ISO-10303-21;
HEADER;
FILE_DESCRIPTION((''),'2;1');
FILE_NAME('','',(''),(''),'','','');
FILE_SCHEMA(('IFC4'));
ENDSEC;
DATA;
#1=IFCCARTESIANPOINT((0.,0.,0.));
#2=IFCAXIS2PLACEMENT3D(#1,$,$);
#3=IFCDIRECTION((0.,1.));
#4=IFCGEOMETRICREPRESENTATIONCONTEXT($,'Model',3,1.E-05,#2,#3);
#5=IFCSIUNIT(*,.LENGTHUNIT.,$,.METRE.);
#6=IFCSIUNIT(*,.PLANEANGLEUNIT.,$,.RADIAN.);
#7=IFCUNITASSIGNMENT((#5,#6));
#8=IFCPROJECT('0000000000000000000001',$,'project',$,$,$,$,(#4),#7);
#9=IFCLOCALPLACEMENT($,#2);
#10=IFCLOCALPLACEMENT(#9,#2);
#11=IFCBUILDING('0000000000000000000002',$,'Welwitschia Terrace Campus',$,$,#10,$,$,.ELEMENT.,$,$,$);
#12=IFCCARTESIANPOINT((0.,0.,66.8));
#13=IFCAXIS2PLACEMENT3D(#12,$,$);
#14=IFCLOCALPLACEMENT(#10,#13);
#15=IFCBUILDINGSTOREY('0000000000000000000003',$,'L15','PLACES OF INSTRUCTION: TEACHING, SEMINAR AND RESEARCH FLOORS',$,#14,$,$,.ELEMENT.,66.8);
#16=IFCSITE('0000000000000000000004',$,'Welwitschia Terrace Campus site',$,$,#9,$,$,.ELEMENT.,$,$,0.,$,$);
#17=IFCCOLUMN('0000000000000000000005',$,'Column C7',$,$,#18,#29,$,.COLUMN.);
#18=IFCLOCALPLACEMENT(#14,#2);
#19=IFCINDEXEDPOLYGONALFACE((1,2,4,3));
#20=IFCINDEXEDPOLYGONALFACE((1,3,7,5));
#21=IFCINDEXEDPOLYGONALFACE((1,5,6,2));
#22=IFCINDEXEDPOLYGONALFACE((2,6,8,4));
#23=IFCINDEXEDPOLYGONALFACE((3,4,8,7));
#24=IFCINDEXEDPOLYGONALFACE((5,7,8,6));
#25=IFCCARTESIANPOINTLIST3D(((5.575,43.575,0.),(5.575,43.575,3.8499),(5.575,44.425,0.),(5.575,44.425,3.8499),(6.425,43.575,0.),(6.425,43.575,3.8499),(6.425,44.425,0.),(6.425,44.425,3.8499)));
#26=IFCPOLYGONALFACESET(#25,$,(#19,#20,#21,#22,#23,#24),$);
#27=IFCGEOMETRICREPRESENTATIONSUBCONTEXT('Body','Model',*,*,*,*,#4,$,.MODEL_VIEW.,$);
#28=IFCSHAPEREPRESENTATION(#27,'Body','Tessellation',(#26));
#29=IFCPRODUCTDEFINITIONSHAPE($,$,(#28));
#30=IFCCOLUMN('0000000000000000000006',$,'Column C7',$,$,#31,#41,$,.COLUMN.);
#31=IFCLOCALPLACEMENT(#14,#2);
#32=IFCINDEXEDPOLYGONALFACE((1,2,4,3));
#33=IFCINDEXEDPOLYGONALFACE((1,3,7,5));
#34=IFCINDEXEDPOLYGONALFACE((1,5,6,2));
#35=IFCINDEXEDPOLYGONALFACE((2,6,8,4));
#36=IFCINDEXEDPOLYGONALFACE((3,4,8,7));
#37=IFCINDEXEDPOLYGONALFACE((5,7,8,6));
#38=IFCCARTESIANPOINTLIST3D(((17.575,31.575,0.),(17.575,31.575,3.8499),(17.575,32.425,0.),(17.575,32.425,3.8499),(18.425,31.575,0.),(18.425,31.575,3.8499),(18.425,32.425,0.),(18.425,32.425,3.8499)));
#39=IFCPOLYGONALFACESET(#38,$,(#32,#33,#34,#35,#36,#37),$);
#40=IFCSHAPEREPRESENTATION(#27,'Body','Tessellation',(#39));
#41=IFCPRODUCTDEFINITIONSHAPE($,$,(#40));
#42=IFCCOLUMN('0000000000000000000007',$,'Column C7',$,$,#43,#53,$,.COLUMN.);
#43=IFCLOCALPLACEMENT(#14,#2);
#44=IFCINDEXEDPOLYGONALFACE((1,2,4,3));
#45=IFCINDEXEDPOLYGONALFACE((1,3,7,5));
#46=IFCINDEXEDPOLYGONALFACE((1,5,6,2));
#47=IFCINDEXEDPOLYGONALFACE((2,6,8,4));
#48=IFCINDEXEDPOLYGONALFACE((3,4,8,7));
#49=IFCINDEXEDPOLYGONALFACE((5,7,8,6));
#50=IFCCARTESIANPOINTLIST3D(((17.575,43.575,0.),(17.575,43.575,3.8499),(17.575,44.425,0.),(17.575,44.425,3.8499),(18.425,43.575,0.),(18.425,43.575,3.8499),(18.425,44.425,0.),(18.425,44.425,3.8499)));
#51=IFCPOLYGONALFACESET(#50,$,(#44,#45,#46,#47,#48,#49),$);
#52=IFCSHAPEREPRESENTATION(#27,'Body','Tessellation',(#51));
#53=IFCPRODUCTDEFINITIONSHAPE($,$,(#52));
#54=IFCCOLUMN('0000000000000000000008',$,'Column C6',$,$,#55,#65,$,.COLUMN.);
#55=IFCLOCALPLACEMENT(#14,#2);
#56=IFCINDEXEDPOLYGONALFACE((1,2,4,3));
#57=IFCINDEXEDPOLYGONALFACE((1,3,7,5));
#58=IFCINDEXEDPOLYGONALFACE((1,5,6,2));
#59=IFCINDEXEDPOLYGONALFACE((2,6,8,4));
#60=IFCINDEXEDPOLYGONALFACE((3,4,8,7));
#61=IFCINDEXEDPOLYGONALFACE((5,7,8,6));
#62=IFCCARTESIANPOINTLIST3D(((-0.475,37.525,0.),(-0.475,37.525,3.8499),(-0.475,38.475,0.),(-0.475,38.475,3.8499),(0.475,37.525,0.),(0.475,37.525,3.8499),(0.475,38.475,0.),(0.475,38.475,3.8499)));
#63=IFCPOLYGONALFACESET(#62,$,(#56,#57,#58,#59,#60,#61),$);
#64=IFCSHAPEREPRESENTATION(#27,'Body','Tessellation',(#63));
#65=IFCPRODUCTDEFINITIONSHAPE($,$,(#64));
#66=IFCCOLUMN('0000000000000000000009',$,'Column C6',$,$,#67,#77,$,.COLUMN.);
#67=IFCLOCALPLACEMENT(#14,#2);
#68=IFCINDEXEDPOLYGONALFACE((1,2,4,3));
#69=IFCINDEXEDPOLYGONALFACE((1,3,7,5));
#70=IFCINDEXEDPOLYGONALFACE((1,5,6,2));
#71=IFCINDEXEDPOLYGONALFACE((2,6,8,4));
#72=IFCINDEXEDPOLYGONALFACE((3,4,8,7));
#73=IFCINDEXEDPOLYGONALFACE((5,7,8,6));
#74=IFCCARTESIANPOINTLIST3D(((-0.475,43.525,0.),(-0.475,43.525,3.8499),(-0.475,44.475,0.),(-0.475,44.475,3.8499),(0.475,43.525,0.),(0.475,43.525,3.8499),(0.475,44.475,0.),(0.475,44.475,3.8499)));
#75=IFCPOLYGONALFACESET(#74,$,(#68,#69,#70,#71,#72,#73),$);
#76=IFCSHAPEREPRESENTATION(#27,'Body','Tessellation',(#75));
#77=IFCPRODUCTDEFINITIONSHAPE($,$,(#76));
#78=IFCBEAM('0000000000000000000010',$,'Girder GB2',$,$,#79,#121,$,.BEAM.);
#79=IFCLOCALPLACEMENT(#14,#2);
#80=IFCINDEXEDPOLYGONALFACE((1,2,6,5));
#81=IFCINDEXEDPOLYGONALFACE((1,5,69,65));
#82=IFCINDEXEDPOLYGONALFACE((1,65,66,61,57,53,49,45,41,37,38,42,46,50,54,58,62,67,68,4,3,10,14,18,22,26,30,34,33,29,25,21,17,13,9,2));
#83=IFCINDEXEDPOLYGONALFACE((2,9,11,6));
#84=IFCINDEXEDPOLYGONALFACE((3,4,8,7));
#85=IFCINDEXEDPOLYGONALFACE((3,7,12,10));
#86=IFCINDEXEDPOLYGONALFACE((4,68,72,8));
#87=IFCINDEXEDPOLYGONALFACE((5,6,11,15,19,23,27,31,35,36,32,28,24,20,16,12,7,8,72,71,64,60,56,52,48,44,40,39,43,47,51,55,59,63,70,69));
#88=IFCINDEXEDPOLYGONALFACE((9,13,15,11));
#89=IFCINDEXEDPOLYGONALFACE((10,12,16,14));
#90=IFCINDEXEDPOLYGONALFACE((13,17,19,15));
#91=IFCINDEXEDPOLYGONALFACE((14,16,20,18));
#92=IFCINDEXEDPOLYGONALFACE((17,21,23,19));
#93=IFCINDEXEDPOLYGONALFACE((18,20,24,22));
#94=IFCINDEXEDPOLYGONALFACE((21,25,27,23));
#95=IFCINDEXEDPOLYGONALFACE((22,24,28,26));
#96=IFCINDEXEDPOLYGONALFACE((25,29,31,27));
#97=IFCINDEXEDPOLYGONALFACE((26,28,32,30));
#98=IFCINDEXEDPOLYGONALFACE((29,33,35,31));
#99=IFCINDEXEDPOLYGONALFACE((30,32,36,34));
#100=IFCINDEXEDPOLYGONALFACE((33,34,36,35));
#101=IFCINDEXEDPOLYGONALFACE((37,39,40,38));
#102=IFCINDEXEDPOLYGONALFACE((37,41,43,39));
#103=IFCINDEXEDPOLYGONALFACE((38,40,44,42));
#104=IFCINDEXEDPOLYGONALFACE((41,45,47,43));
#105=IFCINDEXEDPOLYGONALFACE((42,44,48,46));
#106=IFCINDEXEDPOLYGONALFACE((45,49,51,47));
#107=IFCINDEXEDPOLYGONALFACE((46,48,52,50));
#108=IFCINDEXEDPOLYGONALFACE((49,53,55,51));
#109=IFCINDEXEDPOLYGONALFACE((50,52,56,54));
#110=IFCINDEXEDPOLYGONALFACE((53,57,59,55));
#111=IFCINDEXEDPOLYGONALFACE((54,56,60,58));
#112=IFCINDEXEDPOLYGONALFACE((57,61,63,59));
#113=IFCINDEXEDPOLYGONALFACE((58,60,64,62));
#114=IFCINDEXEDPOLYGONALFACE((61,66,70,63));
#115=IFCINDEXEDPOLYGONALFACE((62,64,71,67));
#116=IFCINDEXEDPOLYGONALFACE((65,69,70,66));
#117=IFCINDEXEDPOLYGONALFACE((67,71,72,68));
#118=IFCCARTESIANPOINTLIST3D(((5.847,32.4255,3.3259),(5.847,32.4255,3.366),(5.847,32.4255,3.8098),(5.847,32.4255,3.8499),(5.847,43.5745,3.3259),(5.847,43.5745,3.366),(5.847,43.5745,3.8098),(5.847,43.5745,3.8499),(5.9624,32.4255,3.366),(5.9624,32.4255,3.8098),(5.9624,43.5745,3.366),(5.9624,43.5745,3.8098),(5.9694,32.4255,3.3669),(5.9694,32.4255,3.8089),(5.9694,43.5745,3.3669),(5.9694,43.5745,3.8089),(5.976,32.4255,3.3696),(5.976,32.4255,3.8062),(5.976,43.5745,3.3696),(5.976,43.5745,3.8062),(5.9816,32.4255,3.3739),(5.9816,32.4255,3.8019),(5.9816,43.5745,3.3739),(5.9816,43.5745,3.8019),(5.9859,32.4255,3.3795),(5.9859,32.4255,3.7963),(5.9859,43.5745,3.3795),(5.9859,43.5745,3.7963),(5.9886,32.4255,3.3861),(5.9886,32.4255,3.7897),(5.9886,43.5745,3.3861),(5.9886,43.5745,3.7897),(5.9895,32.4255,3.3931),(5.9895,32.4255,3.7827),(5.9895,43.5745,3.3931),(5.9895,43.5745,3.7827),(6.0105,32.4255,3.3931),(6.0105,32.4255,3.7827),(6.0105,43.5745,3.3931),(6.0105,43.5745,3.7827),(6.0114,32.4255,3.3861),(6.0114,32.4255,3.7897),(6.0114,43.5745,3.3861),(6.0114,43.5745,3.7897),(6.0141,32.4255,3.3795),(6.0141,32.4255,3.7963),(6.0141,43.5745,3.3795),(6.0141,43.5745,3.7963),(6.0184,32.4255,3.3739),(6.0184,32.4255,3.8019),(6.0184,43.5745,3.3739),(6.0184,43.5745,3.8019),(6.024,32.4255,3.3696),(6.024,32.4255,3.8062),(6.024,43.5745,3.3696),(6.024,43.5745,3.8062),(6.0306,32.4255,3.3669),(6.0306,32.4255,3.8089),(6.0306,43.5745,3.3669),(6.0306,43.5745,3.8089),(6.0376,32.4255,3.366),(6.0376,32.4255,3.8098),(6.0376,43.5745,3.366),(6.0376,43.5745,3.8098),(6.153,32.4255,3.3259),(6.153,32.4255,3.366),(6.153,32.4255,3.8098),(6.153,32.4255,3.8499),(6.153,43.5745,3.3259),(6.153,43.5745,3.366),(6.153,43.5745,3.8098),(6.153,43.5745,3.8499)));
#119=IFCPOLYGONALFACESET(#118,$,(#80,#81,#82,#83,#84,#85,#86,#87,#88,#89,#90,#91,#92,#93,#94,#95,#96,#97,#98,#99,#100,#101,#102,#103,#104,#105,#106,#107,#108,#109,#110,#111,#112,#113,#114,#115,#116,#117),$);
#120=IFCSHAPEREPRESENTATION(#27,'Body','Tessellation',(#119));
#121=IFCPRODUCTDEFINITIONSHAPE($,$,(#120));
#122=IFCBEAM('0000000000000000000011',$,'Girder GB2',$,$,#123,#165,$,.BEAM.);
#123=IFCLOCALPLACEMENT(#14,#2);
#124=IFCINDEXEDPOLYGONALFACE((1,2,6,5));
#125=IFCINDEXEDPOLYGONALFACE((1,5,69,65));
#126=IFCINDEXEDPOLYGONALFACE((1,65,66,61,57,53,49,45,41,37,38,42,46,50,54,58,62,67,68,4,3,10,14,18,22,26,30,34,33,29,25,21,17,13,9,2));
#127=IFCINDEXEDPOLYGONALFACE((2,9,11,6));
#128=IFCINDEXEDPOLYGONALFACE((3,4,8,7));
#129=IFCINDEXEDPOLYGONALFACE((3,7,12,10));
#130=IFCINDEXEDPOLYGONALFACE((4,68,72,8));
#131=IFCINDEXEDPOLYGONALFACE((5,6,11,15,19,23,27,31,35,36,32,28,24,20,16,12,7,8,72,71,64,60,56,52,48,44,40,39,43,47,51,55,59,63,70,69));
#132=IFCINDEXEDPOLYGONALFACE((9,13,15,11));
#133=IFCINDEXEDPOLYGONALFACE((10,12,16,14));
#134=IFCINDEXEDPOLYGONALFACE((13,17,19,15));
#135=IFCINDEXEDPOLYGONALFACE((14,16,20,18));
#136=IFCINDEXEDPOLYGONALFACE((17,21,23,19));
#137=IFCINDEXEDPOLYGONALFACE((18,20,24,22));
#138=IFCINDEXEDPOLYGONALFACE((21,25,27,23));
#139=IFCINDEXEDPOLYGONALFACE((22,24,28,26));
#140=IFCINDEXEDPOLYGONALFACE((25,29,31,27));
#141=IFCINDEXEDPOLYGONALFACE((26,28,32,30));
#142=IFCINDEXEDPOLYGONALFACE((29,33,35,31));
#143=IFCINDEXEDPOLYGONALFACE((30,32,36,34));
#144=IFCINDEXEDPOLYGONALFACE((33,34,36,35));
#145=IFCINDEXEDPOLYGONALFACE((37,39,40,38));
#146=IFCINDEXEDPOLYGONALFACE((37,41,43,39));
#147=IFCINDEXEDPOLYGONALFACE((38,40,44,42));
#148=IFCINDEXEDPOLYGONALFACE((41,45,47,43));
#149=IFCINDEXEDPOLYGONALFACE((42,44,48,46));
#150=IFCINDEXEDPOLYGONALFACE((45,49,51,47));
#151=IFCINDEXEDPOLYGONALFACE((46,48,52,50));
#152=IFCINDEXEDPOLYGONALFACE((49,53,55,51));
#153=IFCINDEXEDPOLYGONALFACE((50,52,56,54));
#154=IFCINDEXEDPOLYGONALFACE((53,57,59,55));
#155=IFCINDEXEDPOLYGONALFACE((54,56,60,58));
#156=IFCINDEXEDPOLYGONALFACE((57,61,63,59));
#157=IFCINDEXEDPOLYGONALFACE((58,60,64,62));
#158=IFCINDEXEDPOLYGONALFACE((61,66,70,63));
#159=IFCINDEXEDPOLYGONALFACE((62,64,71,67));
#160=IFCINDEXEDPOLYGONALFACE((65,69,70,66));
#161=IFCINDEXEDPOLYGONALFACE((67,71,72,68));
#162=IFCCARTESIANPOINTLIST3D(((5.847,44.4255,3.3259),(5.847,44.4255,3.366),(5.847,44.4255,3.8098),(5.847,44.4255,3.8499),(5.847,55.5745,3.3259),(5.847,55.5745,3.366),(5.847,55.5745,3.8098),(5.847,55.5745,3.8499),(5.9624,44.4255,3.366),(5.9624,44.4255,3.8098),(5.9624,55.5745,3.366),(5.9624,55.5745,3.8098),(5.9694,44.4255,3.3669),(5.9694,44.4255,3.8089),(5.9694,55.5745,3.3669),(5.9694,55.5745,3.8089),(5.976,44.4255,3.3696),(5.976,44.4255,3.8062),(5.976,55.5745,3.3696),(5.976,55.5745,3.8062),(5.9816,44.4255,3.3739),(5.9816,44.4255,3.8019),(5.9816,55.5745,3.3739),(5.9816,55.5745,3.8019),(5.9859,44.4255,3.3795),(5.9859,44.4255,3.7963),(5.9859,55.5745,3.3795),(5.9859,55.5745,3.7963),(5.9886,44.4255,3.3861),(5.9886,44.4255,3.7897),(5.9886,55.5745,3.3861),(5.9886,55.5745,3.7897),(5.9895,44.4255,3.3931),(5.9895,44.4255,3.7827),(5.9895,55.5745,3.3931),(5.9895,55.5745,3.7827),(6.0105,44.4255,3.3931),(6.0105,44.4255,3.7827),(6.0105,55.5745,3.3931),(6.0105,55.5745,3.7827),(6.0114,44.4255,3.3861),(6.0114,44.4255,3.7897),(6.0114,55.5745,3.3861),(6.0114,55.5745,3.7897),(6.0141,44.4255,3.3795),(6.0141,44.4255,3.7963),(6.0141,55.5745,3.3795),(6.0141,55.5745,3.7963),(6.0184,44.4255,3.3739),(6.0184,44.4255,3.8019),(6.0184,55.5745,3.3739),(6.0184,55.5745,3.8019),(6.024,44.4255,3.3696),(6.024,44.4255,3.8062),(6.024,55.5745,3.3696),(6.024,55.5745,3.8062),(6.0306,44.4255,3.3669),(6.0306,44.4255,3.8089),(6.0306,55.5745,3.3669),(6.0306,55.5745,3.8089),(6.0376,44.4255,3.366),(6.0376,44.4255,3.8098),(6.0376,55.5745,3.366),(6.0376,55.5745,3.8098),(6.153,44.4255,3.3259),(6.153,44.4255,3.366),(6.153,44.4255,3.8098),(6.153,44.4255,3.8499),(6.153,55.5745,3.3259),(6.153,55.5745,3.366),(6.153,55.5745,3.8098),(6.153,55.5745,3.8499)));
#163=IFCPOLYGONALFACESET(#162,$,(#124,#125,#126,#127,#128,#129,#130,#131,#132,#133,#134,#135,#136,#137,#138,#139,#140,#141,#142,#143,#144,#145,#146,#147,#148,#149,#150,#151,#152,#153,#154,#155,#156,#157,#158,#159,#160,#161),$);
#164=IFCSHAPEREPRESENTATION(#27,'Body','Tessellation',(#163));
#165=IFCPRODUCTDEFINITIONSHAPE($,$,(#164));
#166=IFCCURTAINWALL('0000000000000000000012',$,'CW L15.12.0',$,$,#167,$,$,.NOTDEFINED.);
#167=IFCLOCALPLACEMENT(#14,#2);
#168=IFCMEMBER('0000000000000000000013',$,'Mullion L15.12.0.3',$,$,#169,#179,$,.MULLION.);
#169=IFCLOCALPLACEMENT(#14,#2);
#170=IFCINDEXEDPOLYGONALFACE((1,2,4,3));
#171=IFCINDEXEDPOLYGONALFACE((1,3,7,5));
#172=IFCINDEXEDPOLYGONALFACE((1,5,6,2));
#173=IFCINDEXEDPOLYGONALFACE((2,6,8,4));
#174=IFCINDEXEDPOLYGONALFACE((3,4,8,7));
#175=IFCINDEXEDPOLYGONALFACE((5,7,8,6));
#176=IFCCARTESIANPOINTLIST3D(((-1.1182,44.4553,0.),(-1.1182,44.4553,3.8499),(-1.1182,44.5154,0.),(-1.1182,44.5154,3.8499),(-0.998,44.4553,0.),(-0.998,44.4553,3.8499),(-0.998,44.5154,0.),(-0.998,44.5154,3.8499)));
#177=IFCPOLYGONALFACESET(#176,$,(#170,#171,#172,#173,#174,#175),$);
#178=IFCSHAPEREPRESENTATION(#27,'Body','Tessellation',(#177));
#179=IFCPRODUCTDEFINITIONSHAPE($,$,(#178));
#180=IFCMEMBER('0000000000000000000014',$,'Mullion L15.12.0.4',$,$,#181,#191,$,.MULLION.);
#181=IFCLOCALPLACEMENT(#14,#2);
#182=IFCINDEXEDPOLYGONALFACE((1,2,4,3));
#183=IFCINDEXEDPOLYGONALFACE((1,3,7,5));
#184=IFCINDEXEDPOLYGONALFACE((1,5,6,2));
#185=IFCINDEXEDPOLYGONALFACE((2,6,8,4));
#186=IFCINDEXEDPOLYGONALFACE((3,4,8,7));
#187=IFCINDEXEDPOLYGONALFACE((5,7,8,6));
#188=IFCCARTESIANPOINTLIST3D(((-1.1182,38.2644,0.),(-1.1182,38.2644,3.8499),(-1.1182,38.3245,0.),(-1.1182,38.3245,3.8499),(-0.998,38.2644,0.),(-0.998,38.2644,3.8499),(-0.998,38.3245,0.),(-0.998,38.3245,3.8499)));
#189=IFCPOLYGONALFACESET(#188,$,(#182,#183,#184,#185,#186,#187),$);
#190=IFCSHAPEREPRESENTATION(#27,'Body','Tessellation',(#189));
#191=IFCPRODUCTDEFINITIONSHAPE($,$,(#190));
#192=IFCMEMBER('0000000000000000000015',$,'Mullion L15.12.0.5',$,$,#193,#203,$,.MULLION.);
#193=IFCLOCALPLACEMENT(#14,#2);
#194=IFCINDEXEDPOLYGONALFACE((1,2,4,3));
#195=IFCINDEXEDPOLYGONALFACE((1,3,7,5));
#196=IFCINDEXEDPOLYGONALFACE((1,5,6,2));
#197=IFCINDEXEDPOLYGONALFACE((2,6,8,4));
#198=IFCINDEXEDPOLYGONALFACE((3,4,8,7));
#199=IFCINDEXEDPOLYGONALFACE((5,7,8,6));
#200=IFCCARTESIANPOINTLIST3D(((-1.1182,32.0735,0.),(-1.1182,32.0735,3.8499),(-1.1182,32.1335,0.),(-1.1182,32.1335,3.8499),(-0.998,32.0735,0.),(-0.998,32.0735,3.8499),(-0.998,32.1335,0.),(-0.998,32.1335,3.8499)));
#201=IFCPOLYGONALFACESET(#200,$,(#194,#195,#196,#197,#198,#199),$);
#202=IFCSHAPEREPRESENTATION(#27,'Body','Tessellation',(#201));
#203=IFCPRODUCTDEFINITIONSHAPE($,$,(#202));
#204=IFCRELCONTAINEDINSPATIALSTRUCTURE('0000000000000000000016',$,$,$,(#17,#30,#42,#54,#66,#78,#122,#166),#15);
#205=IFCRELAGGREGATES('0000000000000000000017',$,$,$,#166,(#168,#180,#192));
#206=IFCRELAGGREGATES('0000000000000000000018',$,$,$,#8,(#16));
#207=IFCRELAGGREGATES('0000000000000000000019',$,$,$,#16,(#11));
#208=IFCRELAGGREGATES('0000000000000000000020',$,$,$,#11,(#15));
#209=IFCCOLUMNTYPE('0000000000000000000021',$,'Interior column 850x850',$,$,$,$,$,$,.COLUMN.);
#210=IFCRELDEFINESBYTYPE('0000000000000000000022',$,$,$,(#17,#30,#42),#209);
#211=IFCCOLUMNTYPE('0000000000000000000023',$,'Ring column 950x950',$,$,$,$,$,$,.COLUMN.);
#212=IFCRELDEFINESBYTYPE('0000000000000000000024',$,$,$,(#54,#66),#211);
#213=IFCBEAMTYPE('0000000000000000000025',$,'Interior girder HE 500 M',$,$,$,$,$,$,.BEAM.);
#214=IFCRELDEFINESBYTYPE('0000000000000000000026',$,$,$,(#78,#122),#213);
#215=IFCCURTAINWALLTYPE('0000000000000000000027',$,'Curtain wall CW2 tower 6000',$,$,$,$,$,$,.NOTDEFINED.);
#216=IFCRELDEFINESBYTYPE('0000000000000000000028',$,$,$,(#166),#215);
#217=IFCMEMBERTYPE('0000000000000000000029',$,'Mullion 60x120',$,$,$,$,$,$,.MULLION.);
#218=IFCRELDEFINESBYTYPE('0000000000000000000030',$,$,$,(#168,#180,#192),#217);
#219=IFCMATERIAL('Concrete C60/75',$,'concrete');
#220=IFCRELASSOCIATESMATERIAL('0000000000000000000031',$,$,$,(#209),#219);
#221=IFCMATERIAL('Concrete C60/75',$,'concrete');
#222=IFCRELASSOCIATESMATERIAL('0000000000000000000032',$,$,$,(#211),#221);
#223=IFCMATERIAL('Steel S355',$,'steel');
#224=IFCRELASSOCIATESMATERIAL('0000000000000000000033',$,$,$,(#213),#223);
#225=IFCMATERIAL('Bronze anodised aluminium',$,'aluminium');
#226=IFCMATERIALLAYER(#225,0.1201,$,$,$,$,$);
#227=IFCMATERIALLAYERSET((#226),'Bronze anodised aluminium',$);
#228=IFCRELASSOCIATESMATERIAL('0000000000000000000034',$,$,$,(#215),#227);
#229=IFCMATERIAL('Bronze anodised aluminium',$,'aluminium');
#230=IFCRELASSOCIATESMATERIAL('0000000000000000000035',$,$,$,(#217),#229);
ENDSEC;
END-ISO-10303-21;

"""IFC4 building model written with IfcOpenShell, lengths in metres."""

from ifc_helpers import new_model, si_unit, direction, frame, origin, origin_2d, place, context, subcontext, project, spatial, rectangle, i_section, extrude, material, layer, layer_set, material_profile, profile_set, type_object, element, aggregate, save


model = new_model("IFC4")

# Units and contexts
model_context = context("Model", 3, precision=1e-05, world=origin(), true_north=direction((0.0, 1.0)))
body_context = subcontext(model_context, "Body", "Model", "MODEL_VIEW")
ifc_project = project(units=[si_unit("LENGTHUNIT", "METRE"), si_unit("PLANEANGLEUNIT", "RADIAN")], contexts=[model_context])

# Site, building, storey
site_placement = place(None, origin())
site = spatial("IfcSite", under=ifc_project, at=site_placement, Name="Welwitschia Terrace Campus site", CompositionType="ELEMENT", RefElevation=0.0)
building_placement = place(site_placement, origin())
building = spatial("IfcBuilding", under=site, at=building_placement, Name="Welwitschia Terrace Campus", CompositionType="ELEMENT")
storey_placement = place(building_placement, frame((0.0, 0.0, 66.8)))
storey = spatial("IfcBuildingStorey", under=building, at=storey_placement, Name="L15", Description="PLACES OF INSTRUCTION: TEACHING, SEMINAR AND RESEARCH FLOORS", CompositionType="ELEMENT", Elevation=66.8)

# Columns
ifc_material_1 = material(Name="Concrete C60/75", Category="concrete")
ifc_material_profile_1 = material_profile(ifc_material_1, rectangle(XDim=0.8501, YDim=0.8501, at=origin_2d()))
ifc_profile_set_1 = profile_set([ifc_material_profile_1], Name="Concrete C60/75")
column_type_1 = type_object("IfcColumnType", Name="Interior column 850x850", PredefinedType="COLUMN", material=ifc_profile_set_1)
for number, where, z_axis, x_axis, name in (
    (1, (6.0, 44.0, 0.0), (0.0, 0.0, 1.0), (1.0, 0.0, 0.0), "Column C7"),
    (2, (18.0, 32.0, 0.0), (0.0, 0.0, 1.0), (1.0, 0.0, 0.0), "Column C7"),
    (3, (18.0, 44.0, 0.0), (0.0, 0.0, 1.0), (1.0, 0.0, 0.0), "Column C7"),
):
    element("IfcColumn", number, at=place(storey_placement, frame(where, z_axis=z_axis, x_axis=x_axis)), inside=storey, type_object=column_type_1, Name=name, PredefinedType="COLUMN", context=body_context, shape_type="SweptSolid", body=[
        extrude(rectangle(XDim=0.8501, YDim=0.8501, at=origin_2d()), origin(), (0.0, 0.0, 1.0), 3.8499),
    ])
ifc_material_2 = material(Name="Concrete C60/75", Category="concrete")
ifc_material_profile_2 = material_profile(ifc_material_2, rectangle(XDim=0.95, YDim=0.95, at=origin_2d()))
ifc_profile_set_2 = profile_set([ifc_material_profile_2], Name="Concrete C60/75")
column_type_2 = type_object("IfcColumnType", Name="Ring column 950x950", PredefinedType="COLUMN", material=ifc_profile_set_2)
for number, where, z_axis, x_axis, name in (
    (4, (0.0, 38.0, 0.0), (0.0, 0.0, 1.0), (1.0, 0.0, 0.0), "Column C6"),
    (5, (0.0, 44.0, 0.0), (0.0, 0.0, 1.0), (1.0, 0.0, 0.0), "Column C6"),
):
    element("IfcColumn", number, at=place(storey_placement, frame(where, z_axis=z_axis, x_axis=x_axis)), inside=storey, type_object=column_type_2, Name=name, PredefinedType="COLUMN", context=body_context, shape_type="SweptSolid", body=[
        extrude(rectangle(XDim=0.95, YDim=0.95, at=origin_2d()), origin(), (0.0, 0.0, 1.0), 3.8499),
    ])

# Beams
ifc_material_3 = material(Name="Steel S355", Category="steel")
ifc_material_profile_3 = material_profile(ifc_material_3, i_section(OverallWidth=0.3059, OverallDepth=0.5239, WebThickness=0.021, FlangeThickness=0.04, FilletRadius=0.0271, at=origin_2d()))
ifc_profile_set_3 = profile_set([ifc_material_profile_3], Name="Steel S355")
beam_type_1 = type_object("IfcBeamType", Name="Interior girder HE 500 M", PredefinedType="BEAM", material=ifc_profile_set_3)
for number, where, z_axis, x_axis, name in (
    (6, (6.0, 32.4255, 3.5879), (0.0, 1.0, 0.0), (-1.0, 0.0, 0.0), "Girder GB2"),
    (7, (6.0, 44.4255, 3.5879), (0.0, 1.0, 0.0), (-1.0, 0.0, 0.0), "Girder GB2"),
):
    element("IfcBeam", number, at=place(storey_placement, frame(where, z_axis=z_axis, x_axis=x_axis)), inside=storey, type_object=beam_type_1, Name=name, PredefinedType="BEAM", context=body_context, shape_type="SweptSolid", body=[
        extrude(i_section(OverallWidth=0.3059, OverallDepth=0.5239, WebThickness=0.021, FlangeThickness=0.04, FilletRadius=0.0271, at=origin_2d()), origin(), (0.0, 0.0, 1.0), 11.1489),
    ])

# Curtain wall, members
ifc_material_4 = material(Name="Bronze anodised aluminium", Category="aluminium")
ifc_layer_1 = layer(ifc_material_4, 0.1201)
ifc_layer_set_1 = layer_set([ifc_layer_1], Name="Bronze anodised aluminium")
curtain_wall_type = type_object("IfcCurtainWallType", Name="Curtain wall CW2 tower 6000", PredefinedType="NOTDEFINED", material=ifc_layer_set_1)
curtain_wall_placement = place(storey_placement, origin())
curtain_wall = element("IfcCurtainWall", 8, at=curtain_wall_placement, inside=storey, type_object=curtain_wall_type, Name="CW L15.12.0", PredefinedType="NOTDEFINED")
ifc_material_5 = material(Name="Bronze anodised aluminium", Category="aluminium")
ifc_material_profile_4 = material_profile(ifc_material_5, rectangle(XDim=0.1201, YDim=0.0601, at=origin_2d()))
ifc_profile_set_4 = profile_set([ifc_material_profile_4], Name="Bronze anodised aluminium")
member_type = type_object("IfcMemberType", Name="Mullion 60x120", PredefinedType="MULLION", material=ifc_profile_set_4)
member_1_placement = place(storey_placement, frame((-1.0581, 44.4854, 0.0), z_axis=(0.0, 0.0, 1.0), x_axis=(1.0, 0.0, 0.0)))
member_1 = element("IfcMember", 9, at=member_1_placement, type_object=member_type, Name="Mullion L15.12.0.3", PredefinedType="MULLION", context=body_context, shape_type="SweptSolid", body=[
    extrude(rectangle(XDim=0.1201, YDim=0.0601, at=origin_2d()), origin(), (0.0, 0.0, 1.0), 3.8499),
])
member_2_placement = place(storey_placement, frame((-1.0581, 38.2944, 0.0), z_axis=(0.0, 0.0, 1.0), x_axis=(1.0, 0.0, 0.0)))
member_2 = element("IfcMember", 10, at=member_2_placement, type_object=member_type, Name="Mullion L15.12.0.4", PredefinedType="MULLION", context=body_context, shape_type="SweptSolid", body=[
    extrude(rectangle(XDim=0.1201, YDim=0.0601, at=origin_2d()), origin(), (0.0, 0.0, 1.0), 3.8499),
])
member_3_placement = place(storey_placement, frame((-1.0581, 32.1035, 0.0), z_axis=(0.0, 0.0, 1.0), x_axis=(1.0, 0.0, 0.0)))
member_3 = element("IfcMember", 11, at=member_3_placement, type_object=member_type, Name="Mullion L15.12.0.5", PredefinedType="MULLION", context=body_context, shape_type="SweptSolid", body=[
    extrude(rectangle(XDim=0.1201, YDim=0.0601, at=origin_2d()), origin(), (0.0, 0.0, 1.0), 3.8499),
])

aggregate(curtain_wall, [member_1, member_2, member_3])

save(model, "model.ifc")
